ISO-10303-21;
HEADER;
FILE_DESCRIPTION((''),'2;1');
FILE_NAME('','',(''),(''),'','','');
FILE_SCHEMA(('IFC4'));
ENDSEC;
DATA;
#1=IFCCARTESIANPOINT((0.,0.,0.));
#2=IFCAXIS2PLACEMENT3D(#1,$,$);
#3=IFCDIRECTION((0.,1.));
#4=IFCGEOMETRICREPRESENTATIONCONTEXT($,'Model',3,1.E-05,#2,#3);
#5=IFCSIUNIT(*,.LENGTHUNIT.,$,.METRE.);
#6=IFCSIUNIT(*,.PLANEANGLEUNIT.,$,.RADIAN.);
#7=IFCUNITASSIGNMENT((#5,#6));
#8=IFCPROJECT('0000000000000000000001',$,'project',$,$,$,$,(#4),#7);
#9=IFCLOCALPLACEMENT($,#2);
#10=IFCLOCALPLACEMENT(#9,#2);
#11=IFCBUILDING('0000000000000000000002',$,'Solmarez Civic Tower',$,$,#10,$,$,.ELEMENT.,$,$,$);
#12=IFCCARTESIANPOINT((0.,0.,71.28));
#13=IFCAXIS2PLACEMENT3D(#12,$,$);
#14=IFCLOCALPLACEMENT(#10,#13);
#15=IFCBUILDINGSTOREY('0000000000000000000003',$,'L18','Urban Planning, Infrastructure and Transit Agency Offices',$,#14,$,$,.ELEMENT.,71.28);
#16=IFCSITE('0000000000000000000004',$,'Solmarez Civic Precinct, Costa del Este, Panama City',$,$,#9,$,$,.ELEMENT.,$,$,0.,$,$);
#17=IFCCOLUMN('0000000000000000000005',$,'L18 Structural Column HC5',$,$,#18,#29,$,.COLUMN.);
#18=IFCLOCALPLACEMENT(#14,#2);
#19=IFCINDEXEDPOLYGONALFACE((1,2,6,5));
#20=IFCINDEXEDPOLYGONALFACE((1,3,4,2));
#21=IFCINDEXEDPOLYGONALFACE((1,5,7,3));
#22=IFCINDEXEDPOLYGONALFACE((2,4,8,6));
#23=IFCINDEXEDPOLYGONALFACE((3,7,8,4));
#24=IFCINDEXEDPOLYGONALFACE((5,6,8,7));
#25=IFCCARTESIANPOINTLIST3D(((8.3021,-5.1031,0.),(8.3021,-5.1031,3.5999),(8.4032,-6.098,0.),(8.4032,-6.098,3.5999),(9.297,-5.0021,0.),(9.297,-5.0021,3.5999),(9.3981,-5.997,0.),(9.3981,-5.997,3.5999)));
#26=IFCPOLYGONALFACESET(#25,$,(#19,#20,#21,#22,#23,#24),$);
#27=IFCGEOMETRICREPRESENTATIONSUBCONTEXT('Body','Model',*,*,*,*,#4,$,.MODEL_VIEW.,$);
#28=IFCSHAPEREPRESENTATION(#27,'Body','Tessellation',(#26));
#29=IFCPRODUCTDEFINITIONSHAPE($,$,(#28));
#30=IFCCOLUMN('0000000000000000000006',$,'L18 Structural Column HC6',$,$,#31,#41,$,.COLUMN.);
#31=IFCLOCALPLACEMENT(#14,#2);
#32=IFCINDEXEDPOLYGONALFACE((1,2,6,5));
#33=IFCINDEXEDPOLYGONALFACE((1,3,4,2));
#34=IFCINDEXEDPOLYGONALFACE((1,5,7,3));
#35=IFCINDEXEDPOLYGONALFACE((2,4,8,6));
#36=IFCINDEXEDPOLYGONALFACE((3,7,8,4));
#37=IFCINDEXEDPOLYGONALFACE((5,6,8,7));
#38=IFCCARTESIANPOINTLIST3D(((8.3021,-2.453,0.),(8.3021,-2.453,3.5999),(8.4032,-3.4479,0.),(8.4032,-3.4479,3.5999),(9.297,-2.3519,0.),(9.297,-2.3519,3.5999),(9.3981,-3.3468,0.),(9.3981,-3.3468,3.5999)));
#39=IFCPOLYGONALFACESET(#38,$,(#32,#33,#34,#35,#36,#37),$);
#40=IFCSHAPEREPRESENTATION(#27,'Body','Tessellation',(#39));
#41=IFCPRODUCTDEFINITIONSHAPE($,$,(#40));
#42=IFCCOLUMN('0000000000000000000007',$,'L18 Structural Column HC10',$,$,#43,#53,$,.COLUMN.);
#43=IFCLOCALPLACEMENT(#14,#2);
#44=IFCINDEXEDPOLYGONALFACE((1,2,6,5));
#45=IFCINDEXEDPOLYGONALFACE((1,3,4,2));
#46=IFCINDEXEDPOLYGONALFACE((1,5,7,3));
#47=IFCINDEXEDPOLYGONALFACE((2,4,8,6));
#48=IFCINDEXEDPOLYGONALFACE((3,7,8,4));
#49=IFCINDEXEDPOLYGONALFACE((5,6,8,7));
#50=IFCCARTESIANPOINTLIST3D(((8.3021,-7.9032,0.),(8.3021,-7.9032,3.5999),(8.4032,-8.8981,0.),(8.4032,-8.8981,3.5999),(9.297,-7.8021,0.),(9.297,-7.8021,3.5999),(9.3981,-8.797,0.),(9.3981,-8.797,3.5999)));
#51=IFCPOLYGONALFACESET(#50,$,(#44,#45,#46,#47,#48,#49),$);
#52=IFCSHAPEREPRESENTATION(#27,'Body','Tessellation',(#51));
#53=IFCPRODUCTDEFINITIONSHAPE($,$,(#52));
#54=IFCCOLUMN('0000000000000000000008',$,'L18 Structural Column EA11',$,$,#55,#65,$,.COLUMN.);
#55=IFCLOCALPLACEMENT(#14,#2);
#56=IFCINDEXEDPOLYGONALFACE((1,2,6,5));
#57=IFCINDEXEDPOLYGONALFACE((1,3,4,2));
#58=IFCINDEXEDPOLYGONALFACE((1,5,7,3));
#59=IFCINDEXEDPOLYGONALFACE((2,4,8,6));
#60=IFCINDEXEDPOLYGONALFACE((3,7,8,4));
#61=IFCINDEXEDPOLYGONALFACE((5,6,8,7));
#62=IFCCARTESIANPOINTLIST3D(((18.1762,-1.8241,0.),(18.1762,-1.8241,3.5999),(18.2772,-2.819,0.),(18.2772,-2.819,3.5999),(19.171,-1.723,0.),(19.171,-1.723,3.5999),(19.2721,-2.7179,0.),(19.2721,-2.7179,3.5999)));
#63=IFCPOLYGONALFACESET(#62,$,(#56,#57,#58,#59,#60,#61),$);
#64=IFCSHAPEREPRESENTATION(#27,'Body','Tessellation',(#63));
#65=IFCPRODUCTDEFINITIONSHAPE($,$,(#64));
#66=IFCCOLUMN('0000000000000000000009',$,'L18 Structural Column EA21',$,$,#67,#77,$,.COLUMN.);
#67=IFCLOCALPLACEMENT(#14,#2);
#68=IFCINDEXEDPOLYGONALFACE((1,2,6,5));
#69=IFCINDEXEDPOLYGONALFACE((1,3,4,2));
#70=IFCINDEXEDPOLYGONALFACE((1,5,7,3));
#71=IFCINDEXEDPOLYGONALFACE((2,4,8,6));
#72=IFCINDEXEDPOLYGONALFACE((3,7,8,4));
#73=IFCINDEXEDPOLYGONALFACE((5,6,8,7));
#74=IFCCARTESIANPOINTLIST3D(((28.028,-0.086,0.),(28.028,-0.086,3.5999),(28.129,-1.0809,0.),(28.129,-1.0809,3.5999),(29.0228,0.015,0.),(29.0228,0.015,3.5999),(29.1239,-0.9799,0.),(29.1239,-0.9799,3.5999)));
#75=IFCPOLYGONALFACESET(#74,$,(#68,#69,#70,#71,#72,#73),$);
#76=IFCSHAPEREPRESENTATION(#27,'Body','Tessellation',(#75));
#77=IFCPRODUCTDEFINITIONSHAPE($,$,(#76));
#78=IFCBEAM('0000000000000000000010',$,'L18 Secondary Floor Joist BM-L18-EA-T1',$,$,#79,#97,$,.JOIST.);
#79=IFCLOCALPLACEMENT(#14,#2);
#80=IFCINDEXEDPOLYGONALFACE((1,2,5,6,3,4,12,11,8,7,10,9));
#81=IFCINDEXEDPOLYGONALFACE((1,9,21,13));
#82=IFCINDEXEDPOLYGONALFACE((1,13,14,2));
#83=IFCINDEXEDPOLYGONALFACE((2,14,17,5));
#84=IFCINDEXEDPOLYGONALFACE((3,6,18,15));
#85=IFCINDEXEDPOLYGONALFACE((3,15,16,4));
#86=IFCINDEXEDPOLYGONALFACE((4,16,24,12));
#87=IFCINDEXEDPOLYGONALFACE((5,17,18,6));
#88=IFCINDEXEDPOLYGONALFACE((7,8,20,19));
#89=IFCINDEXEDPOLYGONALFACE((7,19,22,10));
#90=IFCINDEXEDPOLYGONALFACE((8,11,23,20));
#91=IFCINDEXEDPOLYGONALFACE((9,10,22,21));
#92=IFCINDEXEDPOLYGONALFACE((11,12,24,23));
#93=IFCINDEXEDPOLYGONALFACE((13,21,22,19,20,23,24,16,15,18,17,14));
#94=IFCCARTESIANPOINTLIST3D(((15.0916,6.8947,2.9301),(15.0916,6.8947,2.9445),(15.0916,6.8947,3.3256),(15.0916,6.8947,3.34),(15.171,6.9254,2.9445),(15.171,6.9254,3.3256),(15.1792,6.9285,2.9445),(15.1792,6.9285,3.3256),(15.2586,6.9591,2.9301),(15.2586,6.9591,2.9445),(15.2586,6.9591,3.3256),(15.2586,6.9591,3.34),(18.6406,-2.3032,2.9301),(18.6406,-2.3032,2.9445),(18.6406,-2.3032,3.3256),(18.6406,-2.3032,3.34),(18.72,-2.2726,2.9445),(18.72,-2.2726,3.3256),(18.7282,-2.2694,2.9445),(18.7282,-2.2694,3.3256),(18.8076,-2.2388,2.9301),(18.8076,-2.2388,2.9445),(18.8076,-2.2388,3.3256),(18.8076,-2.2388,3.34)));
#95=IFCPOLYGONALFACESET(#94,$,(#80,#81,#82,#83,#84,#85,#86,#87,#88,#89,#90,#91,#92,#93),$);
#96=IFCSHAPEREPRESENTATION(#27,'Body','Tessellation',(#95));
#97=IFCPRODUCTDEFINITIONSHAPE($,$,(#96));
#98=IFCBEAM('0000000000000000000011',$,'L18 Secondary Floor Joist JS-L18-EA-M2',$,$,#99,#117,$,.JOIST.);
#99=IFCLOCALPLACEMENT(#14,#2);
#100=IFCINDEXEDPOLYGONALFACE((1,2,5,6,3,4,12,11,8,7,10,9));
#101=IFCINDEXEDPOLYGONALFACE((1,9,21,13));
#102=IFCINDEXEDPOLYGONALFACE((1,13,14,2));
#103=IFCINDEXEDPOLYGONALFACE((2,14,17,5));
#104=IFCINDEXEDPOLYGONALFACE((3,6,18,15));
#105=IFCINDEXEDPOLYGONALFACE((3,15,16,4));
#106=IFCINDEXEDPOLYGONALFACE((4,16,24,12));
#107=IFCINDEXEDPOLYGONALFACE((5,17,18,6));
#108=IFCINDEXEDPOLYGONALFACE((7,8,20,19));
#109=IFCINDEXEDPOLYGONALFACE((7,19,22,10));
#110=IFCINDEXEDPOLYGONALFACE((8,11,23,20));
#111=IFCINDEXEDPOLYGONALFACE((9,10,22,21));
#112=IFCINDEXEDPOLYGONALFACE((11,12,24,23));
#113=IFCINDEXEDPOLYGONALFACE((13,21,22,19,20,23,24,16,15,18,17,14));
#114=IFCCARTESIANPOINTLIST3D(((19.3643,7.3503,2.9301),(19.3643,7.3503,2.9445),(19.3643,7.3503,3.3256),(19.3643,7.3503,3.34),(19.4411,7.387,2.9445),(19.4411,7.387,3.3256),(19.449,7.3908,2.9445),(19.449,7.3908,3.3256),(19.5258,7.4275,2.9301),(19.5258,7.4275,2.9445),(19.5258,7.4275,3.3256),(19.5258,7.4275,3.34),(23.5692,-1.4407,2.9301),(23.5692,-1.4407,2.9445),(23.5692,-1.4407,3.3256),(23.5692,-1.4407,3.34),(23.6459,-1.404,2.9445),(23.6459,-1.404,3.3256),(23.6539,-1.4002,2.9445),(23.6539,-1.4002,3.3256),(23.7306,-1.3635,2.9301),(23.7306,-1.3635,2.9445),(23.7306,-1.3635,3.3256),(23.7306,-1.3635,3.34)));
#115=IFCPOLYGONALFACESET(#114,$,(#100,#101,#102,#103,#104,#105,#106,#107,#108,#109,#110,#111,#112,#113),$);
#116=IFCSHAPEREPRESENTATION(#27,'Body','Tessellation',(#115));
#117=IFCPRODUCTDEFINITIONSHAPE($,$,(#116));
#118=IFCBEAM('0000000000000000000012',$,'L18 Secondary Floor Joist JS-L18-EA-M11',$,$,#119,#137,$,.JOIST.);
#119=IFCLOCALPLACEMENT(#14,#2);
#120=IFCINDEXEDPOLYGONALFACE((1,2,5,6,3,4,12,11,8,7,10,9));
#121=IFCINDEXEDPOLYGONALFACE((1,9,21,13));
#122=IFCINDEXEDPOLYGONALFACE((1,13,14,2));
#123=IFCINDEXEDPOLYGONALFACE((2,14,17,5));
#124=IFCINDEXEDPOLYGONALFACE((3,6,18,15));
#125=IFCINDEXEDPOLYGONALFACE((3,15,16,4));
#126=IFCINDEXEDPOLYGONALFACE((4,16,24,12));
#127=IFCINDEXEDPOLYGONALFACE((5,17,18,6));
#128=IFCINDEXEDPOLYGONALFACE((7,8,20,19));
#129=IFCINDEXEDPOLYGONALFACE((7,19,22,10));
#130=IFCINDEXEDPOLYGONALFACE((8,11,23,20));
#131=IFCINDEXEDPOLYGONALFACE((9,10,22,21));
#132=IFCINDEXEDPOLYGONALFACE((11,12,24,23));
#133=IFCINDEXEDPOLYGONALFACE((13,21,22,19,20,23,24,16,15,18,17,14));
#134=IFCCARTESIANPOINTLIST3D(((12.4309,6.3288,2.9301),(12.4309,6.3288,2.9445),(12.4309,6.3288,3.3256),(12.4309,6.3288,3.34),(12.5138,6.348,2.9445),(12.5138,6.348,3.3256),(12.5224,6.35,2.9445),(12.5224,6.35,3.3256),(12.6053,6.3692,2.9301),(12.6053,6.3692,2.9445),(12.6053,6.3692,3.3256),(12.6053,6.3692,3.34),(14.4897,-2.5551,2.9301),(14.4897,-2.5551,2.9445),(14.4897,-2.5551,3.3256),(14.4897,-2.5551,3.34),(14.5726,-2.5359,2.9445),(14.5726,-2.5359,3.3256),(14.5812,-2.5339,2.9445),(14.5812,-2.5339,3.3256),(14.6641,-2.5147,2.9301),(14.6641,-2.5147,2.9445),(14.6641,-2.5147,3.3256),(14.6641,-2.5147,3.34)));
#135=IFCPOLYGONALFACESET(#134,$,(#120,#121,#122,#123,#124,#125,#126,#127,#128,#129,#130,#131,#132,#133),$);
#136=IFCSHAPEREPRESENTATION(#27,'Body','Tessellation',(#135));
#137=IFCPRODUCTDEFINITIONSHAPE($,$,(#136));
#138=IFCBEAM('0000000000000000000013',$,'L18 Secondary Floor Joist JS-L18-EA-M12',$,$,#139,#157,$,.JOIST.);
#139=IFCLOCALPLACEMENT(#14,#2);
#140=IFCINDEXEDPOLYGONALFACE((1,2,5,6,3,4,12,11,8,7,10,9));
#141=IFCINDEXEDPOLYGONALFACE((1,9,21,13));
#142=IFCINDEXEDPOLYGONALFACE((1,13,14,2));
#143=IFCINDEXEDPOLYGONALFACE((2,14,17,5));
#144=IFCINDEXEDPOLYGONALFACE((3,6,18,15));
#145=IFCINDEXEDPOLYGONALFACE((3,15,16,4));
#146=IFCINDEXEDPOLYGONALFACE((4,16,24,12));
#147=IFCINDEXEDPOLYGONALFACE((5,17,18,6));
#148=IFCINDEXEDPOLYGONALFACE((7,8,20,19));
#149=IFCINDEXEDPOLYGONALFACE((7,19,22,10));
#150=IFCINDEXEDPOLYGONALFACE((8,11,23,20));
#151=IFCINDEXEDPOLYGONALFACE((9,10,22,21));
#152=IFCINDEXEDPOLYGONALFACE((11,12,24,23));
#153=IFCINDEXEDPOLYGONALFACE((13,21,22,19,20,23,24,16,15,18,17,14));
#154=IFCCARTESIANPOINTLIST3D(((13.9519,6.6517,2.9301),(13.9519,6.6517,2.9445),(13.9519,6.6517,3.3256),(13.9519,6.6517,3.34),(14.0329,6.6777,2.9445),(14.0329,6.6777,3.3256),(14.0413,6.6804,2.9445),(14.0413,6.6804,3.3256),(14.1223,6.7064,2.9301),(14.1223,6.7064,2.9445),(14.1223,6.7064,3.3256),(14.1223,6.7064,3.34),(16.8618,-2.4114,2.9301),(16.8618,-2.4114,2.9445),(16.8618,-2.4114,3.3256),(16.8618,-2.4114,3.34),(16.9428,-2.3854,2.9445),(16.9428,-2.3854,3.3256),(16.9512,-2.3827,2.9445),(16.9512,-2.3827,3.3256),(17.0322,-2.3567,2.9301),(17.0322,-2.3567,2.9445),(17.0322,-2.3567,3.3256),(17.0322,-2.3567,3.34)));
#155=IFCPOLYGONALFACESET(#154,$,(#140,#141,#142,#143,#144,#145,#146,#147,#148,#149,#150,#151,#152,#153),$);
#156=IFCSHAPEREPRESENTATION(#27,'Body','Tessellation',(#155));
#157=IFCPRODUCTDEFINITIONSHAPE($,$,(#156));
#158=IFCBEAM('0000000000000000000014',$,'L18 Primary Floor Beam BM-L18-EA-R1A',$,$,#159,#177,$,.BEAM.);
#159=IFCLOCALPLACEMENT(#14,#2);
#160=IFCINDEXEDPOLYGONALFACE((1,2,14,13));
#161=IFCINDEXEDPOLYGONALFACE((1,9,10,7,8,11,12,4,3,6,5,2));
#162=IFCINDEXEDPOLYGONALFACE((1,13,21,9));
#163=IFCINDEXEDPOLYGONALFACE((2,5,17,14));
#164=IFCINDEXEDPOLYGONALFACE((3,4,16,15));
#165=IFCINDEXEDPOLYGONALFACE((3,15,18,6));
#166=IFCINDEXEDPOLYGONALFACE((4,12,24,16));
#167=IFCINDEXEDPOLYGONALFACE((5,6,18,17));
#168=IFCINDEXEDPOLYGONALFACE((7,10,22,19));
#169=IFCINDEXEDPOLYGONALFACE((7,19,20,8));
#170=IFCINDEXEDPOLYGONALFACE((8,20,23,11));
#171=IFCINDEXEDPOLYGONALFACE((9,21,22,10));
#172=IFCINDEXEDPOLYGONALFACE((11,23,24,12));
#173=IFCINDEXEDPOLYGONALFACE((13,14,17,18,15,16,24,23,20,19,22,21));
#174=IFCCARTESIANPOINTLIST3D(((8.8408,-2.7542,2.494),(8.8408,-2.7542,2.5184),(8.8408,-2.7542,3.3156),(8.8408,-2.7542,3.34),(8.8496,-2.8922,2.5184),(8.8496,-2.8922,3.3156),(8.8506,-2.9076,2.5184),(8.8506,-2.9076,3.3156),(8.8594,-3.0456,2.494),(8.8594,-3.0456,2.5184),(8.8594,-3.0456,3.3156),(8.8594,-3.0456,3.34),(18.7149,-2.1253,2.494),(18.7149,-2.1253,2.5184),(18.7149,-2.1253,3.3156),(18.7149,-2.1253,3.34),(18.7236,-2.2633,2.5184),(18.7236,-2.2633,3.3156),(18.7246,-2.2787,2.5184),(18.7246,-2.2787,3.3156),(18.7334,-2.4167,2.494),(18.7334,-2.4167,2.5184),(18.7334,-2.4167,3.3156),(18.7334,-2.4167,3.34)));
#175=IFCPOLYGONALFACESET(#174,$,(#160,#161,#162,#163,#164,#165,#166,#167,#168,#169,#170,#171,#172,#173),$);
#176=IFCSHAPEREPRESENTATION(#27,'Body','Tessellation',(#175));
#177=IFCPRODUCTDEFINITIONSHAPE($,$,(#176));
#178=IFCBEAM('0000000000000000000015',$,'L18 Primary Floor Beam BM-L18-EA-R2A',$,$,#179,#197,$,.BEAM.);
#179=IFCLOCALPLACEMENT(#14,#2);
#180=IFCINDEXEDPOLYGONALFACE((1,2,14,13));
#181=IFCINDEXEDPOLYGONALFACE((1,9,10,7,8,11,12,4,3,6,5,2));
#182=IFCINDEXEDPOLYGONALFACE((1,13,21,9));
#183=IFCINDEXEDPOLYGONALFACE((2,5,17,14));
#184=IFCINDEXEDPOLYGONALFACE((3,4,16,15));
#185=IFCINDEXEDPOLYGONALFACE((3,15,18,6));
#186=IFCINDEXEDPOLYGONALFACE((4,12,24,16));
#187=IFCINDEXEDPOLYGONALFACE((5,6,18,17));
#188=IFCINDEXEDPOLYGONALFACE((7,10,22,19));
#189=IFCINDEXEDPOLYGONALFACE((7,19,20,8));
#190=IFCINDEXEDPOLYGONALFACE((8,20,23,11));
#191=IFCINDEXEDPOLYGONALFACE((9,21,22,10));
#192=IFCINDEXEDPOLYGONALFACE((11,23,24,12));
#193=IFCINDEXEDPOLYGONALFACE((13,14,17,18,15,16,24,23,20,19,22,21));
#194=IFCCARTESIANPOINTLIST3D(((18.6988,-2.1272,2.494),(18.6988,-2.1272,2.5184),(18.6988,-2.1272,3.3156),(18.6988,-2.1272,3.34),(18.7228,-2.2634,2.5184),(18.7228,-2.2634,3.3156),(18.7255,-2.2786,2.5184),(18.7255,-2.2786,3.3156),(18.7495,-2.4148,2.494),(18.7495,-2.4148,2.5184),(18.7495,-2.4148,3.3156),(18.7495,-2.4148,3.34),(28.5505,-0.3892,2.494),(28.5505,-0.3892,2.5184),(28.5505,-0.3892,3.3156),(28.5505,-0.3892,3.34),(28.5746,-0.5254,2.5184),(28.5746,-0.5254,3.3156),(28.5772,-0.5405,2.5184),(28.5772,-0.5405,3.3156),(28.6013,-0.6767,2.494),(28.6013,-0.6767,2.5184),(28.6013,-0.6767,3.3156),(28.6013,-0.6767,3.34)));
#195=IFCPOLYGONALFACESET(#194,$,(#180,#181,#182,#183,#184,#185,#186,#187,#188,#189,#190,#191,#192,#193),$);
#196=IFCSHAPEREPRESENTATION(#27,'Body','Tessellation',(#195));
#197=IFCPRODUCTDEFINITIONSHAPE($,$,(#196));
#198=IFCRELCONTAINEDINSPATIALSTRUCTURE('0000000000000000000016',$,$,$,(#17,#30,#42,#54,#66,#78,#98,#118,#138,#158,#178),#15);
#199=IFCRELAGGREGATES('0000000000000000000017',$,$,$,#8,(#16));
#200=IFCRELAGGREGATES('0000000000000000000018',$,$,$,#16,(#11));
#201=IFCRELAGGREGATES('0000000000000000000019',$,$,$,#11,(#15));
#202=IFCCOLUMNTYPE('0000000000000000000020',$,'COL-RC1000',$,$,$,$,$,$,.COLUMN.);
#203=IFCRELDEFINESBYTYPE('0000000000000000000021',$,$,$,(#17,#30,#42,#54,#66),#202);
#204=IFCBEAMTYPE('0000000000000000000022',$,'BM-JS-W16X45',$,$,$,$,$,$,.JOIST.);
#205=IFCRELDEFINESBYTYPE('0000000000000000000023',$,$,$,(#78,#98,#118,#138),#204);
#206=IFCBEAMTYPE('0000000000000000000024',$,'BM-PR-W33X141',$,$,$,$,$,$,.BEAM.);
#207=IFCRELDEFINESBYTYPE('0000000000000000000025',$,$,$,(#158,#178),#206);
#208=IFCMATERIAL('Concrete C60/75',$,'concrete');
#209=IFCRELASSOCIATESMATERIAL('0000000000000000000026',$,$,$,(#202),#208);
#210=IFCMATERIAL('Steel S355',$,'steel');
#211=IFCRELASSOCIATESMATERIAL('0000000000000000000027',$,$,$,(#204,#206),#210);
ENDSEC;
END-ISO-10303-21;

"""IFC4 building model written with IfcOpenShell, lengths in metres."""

from ifc_helpers import new_model, si_unit, direction, frame, origin, origin_2d, place, context, subcontext, project, spatial, rectangle, i_section, extrude, material, material_profile, profile_set, type_object, element, save


model = new_model("IFC4")

# Units and contexts
model_context = context("Model", 3, precision=1e-05, world=origin(), true_north=direction((0.0, 1.0)))
body_context = subcontext(model_context, "Body", "Model", "MODEL_VIEW")
ifc_project = project(units=[si_unit("LENGTHUNIT", "METRE"), si_unit("PLANEANGLEUNIT", "RADIAN")], contexts=[model_context])

# Site, building, storey
site_placement = place(None, origin())
site = spatial("IfcSite", under=ifc_project, at=site_placement, Name="Solmarez Civic Precinct, Costa del Este, Panama City", CompositionType="ELEMENT", RefElevation=0.0)
building_placement = place(site_placement, origin())
building = spatial("IfcBuilding", under=site, at=building_placement, Name="Solmarez Civic Tower", CompositionType="ELEMENT")
storey_placement = place(building_placement, frame((0.0, 0.0, 71.28)))
storey = spatial("IfcBuildingStorey", under=building, at=storey_placement, Name="L18", Description="Urban Planning, Infrastructure and Transit Agency Offices", CompositionType="ELEMENT", Elevation=71.28)

# Columns
ifc_material_1 = material(Name="Concrete C60/75", Category="concrete")
ifc_material_profile_1 = material_profile(ifc_material_1, rectangle(XDim=1.0, YDim=1.0, at=origin_2d()), Name="RC1000X1000")
ifc_profile_set_1 = profile_set([ifc_material_profile_1], Name="Concrete C60/75")
column_type = type_object("IfcColumnType", Name="COL-RC1000", PredefinedType="COLUMN", material=ifc_profile_set_1)
for number, where, z_axis, x_axis, name in (
    (1, (8.8501, -5.55, 0.0), (0.0, 0.0, 1.0), (0.994881, 0.101056, 0.0), "L18 Structural Column HC5"),
    (2, (8.8501, -2.8999, 0.0), (0.0, 0.0, 1.0), (0.994881, 0.101056, 0.0), "L18 Structural Column HC6"),
    (3, (8.8501, -8.3501, 0.0), (0.0, 0.0, 1.0), (0.994881, 0.101056, 0.0), "L18 Structural Column HC10"),
    (4, (18.7241, -2.271, 0.0), (0.0, 0.0, 1.0), (0.994881, 0.101056, 0.0), "L18 Structural Column EA11"),
    (5, (28.5759, -0.533, 0.0), (0.0, 0.0, 1.0), (0.994881, 0.101056, 0.0), "L18 Structural Column EA21"),
):
    element("IfcColumn", number, at=place(storey_placement, frame(where, z_axis=z_axis, x_axis=x_axis)), inside=storey, type_object=column_type, Name=name, PredefinedType="COLUMN", context=body_context, shape_type="SweptSolid", body=[
        extrude(rectangle(XDim=1.0, YDim=1.0, at=origin_2d()), origin(), (0.0, 0.0, 1.0), 3.5999),
    ])

# Beams
ifc_material_2 = material(Name="Steel S355", Category="steel")
ifc_material_profile_2 = material_profile(ifc_material_2, i_section(OverallWidth=0.179, OverallDepth=0.4099, WebThickness=0.0088, FlangeThickness=0.0144, at=origin_2d()), Name="W16X45")
ifc_profile_set_2 = profile_set([ifc_material_profile_2], Name="Steel S355")
beam_type_1 = type_object("IfcBeamType", Name="BM-JS-W16X45", PredefinedType="JOIST", material=ifc_profile_set_2)
beam_1_placement = place(storey_placement, frame((18.7241, -2.271, 3.135), z_axis=(-0.359984, 0.932958, 0.0), x_axis=(-0.932958, -0.359984, 0.0)))
element("IfcBeam", 6, at=beam_1_placement, inside=storey, type_object=beam_type_1, Name="L18 Secondary Floor Joist BM-L18-EA-T1", PredefinedType="JOIST", context=body_context, shape_type="SweptSolid", body=[
    extrude(i_section(OverallWidth=0.179, OverallDepth=0.4099, WebThickness=0.0088, FlangeThickness=0.0144, at=origin_2d()), origin(), (0.0, 0.0, 1.0), 9.8589),
])
beam_2_placement = place(storey_placement, frame((23.6499, -1.4021, 3.135), z_axis=(-0.431492, 0.902117, 0.0), x_axis=(-0.902117, -0.431492, 0.0)))
element("IfcBeam", 7, at=beam_2_placement, inside=storey, type_object=beam_type_1, Name="L18 Secondary Floor Joist JS-L18-EA-M2", PredefinedType="JOIST", context=body_context, shape_type="SweptSolid", body=[
    extrude(i_section(OverallWidth=0.179, OverallDepth=0.4099, WebThickness=0.0088, FlangeThickness=0.0144, at=origin_2d()), origin(), (0.0, 0.0, 1.0), 9.7449),
])
beam_3_placement = place(storey_placement, frame((14.5769, -2.5349, 3.135), z_axis=(-0.225763, 0.974182, 0.0), x_axis=(-0.974182, -0.225763, 0.0)))
element("IfcBeam", 8, at=beam_3_placement, inside=storey, type_object=beam_type_1, Name="L18 Secondary Floor Joist JS-L18-EA-M11", PredefinedType="JOIST", context=body_context, shape_type="SweptSolid", body=[
    extrude(i_section(OverallWidth=0.179, OverallDepth=0.4099, WebThickness=0.0088, FlangeThickness=0.0144, at=origin_2d()), origin(), (0.0, 0.0, 1.0), 9.1194),
])
beam_4_placement = place(storey_placement, frame((16.947, -2.384, 3.135), z_axis=(-0.305705, 0.952126, 0.0), x_axis=(-0.952126, -0.305705, 0.0)))
element("IfcBeam", 9, at=beam_4_placement, inside=storey, type_object=beam_type_1, Name="L18 Secondary Floor Joist JS-L18-EA-M12", PredefinedType="JOIST", context=body_context, shape_type="SweptSolid", body=[
    extrude(i_section(OverallWidth=0.179, OverallDepth=0.4099, WebThickness=0.0088, FlangeThickness=0.0144, at=origin_2d()), origin(), (0.0, 0.0, 1.0), 9.5188),
])
ifc_material_profile_3 = material_profile(ifc_material_2, i_section(OverallWidth=0.292, OverallDepth=0.8459, WebThickness=0.0154, FlangeThickness=0.0244, at=origin_2d()), Name="W33X141")
ifc_profile_set_3 = profile_set([ifc_material_profile_3], Name="Steel S355")
beam_type_2 = type_object("IfcBeamType", Name="BM-PR-W33X141", PredefinedType="BEAM", material=ifc_profile_set_3)
beam_5_placement = place(storey_placement, frame((8.8501, -2.8999, 2.917), z_axis=(0.997978, 0.063564, 0.0), x_axis=(-0.063564, 0.997978, 0.0)))
element("IfcBeam", 10, at=beam_5_placement, inside=storey, type_object=beam_type_2, Name="L18 Primary Floor Beam BM-L18-EA-R1A", PredefinedType="BEAM", context=body_context, shape_type="SweptSolid", body=[
    extrude(i_section(OverallWidth=0.292, OverallDepth=0.8459, WebThickness=0.0154, FlangeThickness=0.0244, at=origin_2d()), origin(), (0.0, 0.0, 1.0), 9.894),
])
beam_6_placement = place(storey_placement, frame((18.7241, -2.271, 2.917), z_axis=(0.984792, 0.173735, 0.0), x_axis=(-0.173735, 0.984792, 0.0)))
element("IfcBeam", 11, at=beam_6_placement, inside=storey, type_object=beam_type_2, Name="L18 Primary Floor Beam BM-L18-EA-R2A", PredefinedType="BEAM", context=body_context, shape_type="SweptSolid", body=[
    extrude(i_section(OverallWidth=0.292, OverallDepth=0.8459, WebThickness=0.0154, FlangeThickness=0.0244, at=origin_2d()), origin(), (0.0, 0.0, 1.0), 10.0039),
])

save(model, "model.ifc")
